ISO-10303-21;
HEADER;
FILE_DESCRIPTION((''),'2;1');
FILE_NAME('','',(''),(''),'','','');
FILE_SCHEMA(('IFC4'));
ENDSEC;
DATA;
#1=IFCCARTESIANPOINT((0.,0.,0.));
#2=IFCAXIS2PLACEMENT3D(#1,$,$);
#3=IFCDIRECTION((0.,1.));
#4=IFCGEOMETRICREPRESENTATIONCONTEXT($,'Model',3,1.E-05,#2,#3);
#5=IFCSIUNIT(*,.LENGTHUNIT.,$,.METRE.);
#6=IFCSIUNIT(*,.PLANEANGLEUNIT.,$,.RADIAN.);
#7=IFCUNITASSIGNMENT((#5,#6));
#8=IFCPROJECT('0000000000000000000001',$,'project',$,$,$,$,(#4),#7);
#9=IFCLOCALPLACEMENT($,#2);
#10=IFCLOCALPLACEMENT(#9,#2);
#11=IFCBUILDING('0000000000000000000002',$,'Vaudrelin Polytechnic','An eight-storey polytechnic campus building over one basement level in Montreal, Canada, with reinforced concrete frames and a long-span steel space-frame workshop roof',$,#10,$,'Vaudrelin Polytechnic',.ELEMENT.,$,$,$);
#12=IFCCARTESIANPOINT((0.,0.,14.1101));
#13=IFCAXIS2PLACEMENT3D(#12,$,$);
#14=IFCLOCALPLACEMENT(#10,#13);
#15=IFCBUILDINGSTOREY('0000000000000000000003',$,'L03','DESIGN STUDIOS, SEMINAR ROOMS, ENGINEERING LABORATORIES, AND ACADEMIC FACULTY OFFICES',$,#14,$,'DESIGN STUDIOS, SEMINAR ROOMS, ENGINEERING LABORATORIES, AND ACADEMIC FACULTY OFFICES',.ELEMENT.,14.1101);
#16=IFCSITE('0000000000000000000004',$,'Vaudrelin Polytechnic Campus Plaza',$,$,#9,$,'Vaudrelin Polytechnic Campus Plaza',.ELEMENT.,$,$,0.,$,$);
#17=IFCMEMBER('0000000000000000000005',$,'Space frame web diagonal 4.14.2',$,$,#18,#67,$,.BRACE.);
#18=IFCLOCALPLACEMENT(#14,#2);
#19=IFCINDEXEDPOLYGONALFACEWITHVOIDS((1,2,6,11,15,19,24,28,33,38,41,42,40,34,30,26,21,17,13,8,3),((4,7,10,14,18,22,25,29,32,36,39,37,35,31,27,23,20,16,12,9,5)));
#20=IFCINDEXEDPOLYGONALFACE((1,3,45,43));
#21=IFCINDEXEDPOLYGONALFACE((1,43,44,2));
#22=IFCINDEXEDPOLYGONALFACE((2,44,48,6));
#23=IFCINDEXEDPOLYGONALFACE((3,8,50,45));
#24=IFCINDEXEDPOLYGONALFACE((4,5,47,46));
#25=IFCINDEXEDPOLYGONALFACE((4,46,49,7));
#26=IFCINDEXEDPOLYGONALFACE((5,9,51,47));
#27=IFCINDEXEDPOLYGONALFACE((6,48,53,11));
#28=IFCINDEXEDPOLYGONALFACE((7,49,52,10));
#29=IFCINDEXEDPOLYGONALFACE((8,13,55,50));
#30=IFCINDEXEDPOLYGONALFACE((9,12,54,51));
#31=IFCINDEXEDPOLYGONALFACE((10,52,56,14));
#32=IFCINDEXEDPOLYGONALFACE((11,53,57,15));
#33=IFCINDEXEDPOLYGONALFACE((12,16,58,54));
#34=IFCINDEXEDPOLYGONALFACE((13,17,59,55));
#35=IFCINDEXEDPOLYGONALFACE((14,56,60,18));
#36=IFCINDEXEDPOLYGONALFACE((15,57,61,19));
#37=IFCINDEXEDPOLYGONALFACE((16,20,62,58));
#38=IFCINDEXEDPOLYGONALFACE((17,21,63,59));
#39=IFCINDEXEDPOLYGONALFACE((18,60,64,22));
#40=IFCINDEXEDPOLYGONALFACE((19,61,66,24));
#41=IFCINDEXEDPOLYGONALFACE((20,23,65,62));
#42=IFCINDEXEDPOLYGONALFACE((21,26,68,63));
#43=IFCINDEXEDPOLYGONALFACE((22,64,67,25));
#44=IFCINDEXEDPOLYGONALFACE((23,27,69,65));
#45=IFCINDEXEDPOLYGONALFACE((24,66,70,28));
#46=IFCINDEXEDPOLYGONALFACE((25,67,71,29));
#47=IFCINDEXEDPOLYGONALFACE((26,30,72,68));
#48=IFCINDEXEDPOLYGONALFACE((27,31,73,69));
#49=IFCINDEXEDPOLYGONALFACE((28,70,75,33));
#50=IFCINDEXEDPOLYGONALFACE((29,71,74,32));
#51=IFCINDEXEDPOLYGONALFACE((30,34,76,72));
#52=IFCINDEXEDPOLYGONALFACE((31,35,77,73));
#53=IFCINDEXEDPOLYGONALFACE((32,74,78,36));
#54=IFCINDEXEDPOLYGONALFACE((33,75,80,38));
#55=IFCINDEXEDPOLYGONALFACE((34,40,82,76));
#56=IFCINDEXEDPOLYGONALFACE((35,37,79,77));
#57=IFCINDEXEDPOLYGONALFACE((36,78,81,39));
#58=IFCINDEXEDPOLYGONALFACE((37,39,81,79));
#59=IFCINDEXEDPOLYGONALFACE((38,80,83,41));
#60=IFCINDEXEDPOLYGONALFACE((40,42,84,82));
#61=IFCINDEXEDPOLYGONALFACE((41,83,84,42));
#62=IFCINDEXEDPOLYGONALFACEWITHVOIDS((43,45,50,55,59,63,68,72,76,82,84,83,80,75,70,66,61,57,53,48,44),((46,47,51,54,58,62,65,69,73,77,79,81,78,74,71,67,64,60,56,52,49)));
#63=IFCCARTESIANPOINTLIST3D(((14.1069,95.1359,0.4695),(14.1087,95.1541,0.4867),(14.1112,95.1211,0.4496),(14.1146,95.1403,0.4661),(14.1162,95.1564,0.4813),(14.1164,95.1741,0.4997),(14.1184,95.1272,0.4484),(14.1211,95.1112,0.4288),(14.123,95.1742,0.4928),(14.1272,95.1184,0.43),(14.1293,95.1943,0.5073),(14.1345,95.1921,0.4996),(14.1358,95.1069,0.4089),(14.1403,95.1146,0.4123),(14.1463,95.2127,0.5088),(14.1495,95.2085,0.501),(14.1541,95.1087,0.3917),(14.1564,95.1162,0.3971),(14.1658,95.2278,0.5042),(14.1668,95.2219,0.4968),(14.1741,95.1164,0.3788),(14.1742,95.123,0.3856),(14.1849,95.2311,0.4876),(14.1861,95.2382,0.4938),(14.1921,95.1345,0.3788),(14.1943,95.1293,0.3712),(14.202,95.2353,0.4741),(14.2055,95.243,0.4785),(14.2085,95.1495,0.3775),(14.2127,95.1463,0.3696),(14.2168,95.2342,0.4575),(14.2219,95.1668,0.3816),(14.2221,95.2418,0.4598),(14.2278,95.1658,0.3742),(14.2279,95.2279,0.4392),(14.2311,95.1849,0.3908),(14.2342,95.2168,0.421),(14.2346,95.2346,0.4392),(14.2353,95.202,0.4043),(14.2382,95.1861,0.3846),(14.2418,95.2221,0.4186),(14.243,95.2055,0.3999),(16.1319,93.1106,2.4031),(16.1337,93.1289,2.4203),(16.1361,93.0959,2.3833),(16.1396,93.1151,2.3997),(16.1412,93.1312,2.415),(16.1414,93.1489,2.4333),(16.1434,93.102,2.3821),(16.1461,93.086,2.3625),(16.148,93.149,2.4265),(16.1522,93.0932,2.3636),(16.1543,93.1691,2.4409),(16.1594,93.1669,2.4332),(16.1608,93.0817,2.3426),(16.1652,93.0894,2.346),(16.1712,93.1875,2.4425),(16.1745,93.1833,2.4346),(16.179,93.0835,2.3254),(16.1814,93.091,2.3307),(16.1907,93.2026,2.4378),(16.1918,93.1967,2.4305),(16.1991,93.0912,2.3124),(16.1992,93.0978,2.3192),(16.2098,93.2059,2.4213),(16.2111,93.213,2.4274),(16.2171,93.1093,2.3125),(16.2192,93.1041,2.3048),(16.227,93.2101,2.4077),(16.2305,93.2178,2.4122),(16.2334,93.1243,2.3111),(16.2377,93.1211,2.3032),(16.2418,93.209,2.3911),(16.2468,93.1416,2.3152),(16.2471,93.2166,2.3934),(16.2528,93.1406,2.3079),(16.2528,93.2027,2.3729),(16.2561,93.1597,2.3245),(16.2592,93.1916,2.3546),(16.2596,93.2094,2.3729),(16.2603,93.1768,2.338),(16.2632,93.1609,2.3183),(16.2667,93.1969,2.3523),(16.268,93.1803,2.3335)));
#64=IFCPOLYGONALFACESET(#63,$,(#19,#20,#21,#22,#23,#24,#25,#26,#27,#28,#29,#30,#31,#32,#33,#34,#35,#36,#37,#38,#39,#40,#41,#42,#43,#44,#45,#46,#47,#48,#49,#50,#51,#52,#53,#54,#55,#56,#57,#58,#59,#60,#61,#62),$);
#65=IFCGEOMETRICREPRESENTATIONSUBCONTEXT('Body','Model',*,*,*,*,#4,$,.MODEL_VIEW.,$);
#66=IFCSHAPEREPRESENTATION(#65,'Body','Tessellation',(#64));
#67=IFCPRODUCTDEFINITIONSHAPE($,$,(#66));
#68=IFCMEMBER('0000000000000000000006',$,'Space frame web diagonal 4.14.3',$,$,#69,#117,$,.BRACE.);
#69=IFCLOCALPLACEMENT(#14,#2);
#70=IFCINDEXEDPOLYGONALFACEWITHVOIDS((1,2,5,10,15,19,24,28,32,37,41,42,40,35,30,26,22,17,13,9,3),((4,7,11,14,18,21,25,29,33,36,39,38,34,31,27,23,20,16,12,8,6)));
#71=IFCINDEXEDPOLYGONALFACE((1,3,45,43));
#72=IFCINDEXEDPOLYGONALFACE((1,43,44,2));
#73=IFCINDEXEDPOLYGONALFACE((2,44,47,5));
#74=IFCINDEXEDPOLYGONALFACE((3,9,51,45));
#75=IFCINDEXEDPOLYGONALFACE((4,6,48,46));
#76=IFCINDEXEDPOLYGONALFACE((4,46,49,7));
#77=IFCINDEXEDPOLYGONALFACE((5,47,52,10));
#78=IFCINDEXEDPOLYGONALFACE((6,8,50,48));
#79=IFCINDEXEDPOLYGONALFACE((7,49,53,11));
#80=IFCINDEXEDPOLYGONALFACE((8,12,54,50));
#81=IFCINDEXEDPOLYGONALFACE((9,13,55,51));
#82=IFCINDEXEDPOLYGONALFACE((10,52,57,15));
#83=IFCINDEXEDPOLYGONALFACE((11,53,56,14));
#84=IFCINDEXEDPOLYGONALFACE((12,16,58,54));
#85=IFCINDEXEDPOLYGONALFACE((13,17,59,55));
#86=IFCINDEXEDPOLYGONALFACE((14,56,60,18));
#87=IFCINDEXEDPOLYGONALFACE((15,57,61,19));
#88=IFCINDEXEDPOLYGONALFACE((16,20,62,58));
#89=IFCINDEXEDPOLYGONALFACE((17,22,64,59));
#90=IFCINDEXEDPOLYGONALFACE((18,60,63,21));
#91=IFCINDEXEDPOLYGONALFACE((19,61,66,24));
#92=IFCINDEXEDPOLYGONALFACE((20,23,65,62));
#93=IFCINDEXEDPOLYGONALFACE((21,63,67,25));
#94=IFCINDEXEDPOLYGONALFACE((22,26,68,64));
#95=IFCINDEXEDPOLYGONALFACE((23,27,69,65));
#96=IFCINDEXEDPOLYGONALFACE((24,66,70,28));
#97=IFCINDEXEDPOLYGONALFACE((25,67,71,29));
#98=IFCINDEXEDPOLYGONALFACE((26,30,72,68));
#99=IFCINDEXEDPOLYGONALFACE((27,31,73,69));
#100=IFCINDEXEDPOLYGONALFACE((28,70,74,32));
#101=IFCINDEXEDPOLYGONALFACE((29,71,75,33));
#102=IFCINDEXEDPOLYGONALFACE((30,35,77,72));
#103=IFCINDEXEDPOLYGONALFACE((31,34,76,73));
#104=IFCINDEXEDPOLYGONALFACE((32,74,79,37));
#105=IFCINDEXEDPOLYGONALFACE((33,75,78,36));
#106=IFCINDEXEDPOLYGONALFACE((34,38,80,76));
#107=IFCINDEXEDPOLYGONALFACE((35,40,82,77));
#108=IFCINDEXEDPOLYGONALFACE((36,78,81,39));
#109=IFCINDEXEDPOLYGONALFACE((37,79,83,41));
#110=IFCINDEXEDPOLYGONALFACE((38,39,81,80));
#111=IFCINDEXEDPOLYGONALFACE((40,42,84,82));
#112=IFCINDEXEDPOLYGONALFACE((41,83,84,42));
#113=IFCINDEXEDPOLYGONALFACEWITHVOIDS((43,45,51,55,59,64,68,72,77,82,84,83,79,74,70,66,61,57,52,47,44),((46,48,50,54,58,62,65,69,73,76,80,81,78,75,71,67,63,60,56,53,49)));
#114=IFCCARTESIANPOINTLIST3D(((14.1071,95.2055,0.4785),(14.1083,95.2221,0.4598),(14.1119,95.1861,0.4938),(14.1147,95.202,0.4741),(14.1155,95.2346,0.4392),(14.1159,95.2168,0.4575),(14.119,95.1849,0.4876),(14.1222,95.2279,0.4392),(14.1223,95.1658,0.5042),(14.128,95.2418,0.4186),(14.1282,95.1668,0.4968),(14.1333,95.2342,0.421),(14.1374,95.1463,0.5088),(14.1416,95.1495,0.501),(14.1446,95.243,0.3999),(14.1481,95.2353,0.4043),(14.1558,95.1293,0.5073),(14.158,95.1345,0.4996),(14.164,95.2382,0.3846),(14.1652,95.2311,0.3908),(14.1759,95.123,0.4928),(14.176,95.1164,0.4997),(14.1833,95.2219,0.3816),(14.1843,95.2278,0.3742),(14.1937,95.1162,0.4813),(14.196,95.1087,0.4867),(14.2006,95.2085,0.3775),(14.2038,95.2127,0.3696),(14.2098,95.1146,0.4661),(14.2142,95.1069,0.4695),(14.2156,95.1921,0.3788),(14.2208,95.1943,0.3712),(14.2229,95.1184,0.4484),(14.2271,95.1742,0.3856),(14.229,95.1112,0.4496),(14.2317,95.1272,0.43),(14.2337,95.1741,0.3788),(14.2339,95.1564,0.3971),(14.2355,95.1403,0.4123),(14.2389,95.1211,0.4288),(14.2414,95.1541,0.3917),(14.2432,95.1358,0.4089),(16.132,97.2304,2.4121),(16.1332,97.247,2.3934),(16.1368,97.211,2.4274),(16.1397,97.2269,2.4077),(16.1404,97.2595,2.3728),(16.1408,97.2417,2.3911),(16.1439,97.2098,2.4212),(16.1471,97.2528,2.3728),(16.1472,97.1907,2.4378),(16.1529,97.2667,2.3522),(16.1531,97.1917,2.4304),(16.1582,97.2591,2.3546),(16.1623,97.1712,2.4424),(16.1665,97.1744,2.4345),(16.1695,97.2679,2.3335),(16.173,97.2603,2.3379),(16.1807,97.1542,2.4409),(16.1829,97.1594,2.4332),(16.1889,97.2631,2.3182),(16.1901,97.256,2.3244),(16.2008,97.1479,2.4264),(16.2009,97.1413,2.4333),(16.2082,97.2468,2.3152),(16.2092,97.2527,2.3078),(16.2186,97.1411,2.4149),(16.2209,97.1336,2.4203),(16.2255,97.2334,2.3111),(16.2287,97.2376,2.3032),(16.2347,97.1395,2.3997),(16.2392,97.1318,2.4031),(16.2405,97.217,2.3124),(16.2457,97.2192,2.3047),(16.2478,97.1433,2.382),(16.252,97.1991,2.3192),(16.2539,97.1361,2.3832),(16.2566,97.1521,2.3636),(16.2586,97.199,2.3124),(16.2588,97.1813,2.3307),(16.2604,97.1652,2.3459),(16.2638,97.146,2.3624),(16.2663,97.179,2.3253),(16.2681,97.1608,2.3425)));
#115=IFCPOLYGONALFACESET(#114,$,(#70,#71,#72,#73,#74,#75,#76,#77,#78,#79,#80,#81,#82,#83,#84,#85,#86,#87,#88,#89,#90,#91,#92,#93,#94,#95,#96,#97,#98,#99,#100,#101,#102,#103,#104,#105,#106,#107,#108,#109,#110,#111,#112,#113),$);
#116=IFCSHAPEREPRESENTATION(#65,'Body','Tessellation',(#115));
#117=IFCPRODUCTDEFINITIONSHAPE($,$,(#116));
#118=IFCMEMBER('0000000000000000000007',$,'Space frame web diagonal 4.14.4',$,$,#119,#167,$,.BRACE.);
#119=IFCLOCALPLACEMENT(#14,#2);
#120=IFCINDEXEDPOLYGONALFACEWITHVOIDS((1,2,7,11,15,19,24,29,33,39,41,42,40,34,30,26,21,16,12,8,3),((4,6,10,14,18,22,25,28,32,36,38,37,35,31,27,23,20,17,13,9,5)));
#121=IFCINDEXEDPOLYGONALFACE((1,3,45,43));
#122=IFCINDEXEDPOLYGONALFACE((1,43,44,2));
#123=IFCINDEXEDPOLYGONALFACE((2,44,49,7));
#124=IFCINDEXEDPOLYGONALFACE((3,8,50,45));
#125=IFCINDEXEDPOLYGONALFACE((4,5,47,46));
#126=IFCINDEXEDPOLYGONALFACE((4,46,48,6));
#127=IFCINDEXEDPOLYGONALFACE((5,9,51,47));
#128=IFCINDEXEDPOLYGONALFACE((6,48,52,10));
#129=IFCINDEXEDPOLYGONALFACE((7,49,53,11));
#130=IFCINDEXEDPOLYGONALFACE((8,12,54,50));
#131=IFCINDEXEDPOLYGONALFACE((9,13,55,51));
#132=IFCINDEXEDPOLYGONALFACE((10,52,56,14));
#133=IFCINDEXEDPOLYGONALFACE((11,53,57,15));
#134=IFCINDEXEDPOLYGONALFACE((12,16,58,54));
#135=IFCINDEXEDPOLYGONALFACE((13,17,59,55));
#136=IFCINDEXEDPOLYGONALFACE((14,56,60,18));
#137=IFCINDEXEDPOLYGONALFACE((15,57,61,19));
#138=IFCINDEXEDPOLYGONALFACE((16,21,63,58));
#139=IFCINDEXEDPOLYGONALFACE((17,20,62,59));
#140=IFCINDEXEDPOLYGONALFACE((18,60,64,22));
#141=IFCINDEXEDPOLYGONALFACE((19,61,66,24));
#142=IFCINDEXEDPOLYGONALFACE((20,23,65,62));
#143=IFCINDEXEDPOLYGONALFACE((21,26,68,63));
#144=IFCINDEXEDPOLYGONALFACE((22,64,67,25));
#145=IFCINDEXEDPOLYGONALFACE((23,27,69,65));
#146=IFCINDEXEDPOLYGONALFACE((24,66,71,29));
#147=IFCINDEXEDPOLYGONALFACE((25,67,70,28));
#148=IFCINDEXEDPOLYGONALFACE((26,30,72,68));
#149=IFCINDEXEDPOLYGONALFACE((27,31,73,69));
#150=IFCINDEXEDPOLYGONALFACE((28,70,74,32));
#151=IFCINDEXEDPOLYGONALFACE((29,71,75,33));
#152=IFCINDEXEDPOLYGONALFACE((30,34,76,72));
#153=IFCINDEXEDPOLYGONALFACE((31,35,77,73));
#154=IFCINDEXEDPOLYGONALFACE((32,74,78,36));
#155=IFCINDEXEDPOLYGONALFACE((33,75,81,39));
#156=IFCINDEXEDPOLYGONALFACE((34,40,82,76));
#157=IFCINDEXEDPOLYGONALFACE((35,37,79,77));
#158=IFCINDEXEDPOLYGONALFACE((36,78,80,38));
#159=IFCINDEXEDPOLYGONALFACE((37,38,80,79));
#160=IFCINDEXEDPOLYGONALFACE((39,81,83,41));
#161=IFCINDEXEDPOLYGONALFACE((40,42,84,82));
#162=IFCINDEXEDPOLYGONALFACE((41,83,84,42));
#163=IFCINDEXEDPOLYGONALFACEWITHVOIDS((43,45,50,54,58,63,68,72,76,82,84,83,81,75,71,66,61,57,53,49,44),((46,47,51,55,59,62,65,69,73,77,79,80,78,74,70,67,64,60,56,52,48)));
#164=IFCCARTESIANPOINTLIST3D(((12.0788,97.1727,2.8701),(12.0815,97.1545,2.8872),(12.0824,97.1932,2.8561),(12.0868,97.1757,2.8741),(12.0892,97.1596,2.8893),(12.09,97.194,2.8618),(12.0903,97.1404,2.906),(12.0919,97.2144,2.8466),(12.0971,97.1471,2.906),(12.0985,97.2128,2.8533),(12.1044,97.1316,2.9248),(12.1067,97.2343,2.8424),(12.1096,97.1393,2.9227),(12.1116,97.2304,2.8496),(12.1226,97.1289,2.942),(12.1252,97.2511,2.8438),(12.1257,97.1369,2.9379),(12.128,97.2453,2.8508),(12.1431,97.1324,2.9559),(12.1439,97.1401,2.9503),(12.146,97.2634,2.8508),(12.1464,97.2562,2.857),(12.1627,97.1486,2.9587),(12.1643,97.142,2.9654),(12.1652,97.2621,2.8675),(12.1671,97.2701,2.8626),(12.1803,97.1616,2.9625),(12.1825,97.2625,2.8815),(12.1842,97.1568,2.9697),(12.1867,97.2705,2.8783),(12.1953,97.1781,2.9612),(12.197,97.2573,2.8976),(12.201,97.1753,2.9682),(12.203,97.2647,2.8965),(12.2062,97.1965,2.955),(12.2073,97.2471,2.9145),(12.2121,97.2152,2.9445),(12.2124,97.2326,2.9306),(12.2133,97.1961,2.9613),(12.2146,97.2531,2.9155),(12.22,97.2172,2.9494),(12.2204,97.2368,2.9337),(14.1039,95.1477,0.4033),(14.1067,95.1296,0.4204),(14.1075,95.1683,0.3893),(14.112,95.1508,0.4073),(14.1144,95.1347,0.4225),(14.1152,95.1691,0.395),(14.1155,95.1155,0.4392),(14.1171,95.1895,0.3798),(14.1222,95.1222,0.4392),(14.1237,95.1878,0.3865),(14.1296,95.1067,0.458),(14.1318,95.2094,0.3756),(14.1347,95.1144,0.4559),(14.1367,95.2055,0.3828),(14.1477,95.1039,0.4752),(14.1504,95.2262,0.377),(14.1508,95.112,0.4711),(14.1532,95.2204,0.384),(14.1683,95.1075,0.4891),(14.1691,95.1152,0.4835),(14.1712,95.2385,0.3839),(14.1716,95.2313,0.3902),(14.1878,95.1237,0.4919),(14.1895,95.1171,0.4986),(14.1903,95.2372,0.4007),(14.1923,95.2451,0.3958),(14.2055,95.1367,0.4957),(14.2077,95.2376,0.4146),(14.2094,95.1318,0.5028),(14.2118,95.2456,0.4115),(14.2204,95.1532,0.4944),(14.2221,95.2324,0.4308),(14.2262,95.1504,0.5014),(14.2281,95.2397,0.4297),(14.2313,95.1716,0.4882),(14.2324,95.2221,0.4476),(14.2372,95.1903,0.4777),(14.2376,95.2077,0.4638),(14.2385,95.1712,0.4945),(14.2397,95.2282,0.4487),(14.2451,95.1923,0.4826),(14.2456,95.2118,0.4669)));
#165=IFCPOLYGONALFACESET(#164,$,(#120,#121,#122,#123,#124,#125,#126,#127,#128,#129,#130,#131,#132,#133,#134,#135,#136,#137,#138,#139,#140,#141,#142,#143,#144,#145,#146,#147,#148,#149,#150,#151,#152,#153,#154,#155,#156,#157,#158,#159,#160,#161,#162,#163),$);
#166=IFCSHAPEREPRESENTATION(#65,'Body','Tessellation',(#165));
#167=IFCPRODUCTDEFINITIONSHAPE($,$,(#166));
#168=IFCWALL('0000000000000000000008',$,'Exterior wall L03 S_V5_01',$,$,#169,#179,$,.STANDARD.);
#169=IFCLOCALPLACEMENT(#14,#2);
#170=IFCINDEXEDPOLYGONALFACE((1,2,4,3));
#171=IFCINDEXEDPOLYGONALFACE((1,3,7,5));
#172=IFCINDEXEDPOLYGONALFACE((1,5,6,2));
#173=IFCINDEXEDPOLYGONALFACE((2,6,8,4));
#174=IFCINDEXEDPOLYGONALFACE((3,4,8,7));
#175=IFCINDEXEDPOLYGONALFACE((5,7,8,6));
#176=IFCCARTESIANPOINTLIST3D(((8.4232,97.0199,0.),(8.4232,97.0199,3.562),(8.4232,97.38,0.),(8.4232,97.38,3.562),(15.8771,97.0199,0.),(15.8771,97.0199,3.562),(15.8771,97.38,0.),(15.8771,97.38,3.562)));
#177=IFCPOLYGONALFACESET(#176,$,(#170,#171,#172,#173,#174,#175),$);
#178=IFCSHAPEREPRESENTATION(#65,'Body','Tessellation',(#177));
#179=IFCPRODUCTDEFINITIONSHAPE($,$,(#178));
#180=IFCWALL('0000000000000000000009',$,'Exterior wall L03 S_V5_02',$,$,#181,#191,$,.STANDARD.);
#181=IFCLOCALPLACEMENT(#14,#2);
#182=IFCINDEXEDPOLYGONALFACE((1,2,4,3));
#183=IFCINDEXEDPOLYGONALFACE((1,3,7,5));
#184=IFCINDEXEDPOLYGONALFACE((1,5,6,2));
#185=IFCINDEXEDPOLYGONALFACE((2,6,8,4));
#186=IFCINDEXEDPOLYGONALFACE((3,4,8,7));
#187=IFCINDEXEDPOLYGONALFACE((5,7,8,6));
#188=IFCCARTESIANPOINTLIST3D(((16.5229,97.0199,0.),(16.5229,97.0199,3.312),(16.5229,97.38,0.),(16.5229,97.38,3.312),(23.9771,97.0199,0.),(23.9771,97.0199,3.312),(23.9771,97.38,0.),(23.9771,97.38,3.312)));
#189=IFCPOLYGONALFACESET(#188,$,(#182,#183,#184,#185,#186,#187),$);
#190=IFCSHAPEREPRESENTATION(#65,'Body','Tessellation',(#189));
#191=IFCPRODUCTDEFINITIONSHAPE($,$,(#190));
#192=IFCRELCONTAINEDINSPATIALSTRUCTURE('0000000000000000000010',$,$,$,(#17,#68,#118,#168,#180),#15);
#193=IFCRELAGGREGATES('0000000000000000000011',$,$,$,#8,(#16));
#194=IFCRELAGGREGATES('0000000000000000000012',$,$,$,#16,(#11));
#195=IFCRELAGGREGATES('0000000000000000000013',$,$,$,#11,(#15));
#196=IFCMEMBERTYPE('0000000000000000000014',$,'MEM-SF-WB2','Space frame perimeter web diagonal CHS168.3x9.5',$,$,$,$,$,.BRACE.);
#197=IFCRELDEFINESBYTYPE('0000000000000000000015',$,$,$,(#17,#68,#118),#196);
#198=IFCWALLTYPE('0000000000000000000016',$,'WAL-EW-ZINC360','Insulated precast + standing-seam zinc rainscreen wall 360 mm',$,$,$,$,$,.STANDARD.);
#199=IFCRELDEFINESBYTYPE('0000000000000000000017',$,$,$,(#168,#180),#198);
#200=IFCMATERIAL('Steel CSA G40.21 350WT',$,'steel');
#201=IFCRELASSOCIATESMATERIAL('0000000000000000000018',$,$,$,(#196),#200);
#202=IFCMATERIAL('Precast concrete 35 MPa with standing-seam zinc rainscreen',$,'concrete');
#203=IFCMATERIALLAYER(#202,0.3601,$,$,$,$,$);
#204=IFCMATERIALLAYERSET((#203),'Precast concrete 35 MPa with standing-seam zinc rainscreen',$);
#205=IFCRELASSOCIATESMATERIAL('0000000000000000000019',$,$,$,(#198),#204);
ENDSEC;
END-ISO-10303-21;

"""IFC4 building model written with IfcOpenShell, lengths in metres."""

from ifc_helpers import new_model, si_unit, direction, frame, frame_2d, origin, origin_2d, place, context, subcontext, project, spatial, rectangle, hollow_circle, extrude, material, layer, layer_set, material_profile, profile_set, type_object, element, save


model = new_model("IFC4")

# Units and contexts
model_context = context("Model", 3, precision=1e-05, world=origin(), true_north=direction((0.0, 1.0)))
body_context = subcontext(model_context, "Body", "Model", "MODEL_VIEW")
ifc_project = project(units=[si_unit("LENGTHUNIT", "METRE"), si_unit("PLANEANGLEUNIT", "RADIAN")], contexts=[model_context])

# Site, building, storey
site_placement = place(None, origin())
site = spatial("IfcSite", under=ifc_project, at=site_placement, Name="Vaudrelin Polytechnic Campus Plaza", LongName="Vaudrelin Polytechnic Campus Plaza", CompositionType="ELEMENT", RefElevation=0.0)
building_placement = place(site_placement, origin())
building = spatial("IfcBuilding", under=site, at=building_placement, Name="Vaudrelin Polytechnic", Description="An eight-storey polytechnic campus building over one basement level in Montreal, Canada, with reinforced concrete frames and a long-span steel space-frame workshop roof", LongName="Vaudrelin Polytechnic", CompositionType="ELEMENT")
storey_placement = place(building_placement, frame((0.0, 0.0, 14.1101)))
storey = spatial("IfcBuildingStorey", under=building, at=storey_placement, Name="L03", Description="DESIGN STUDIOS, SEMINAR ROOMS, ENGINEERING LABORATORIES, AND ACADEMIC FACULTY OFFICES", LongName="DESIGN STUDIOS, SEMINAR ROOMS, ENGINEERING LABORATORIES, AND ACADEMIC FACULTY OFFICES", CompositionType="ELEMENT", Elevation=14.1101)

# Members
ifc_material_1 = material(Name="Steel CSA G40.21 350WT", Category="steel")
ifc_material_profile_1 = material_profile(ifc_material_1, hollow_circle(Radius=0.0842, WallThickness=0.0095, at=origin_2d()), Name="CHS168.3x9.5")
ifc_profile_set_1 = profile_set([ifc_material_profile_1], Name="Steel CSA G40.21 350WT")
member_type_1 = type_object("IfcMemberType", Name="MEM-SF-WB2", Description="Space frame perimeter web diagonal CHS168.3x9.5", PredefinedType="BRACE", material=ifc_profile_set_1)
member_1_placement = place(storey_placement, frame((14.175, 95.175, 0.4392), z_axis=(0.586, -0.586071, 0.559576), x_axis=(0.707149, 0.707064, 0.0)))
element("IfcMember", 1, at=member_1_placement, inside=storey, type_object=member_type_1, Name="Space frame web diagonal 4.14.2", PredefinedType="BRACE", context=body_context, shape_type="SweptSolid", body=[
    extrude(hollow_circle(Radius=0.0842, WallThickness=0.0095, at=origin_2d()), origin(), (0.0, 0.0, 1.0), 3.4556),
])
member_2_placement = place(storey_placement, frame((14.175, 95.175, 0.4392), z_axis=(0.586024, 0.586024, 0.559599), x_axis=(-0.707107, 0.707107, 0.0)))
element("IfcMember", 2, at=member_2_placement, inside=storey, type_object=member_type_1, Name="Space frame web diagonal 4.14.3", PredefinedType="BRACE", context=body_context, shape_type="SweptSolid", body=[
    extrude(hollow_circle(Radius=0.0842, WallThickness=0.0095, at=origin_2d()), origin(), (0.0, 0.0, 1.0), 3.4553),
])
member_3_placement = place(storey_placement, frame((14.175, 95.175, 0.4392), z_axis=(-0.535788, 0.535723, 0.652634), x_axis=(-0.707064, -0.707149, 0.0)))
element("IfcMember", 3, at=member_3_placement, inside=storey, type_object=member_type_1, Name="Space frame web diagonal 4.14.4", PredefinedType="BRACE", context=body_context, shape_type="SweptSolid", body=[
    extrude(hollow_circle(Radius=0.0842, WallThickness=0.0095, at=origin_2d()), origin(), (0.0, 0.0, 1.0), 3.7798),
])

# Walls
ifc_material_2 = material(Name="Precast concrete 35 MPa with standing-seam zinc rainscreen", Category="concrete")
ifc_layer_1 = layer(ifc_material_2, 0.3601)
ifc_layer_set_1 = layer_set([ifc_layer_1], Name="Precast concrete 35 MPa with standing-seam zinc rainscreen")
wall_type_1 = type_object("IfcWallType", Name="WAL-EW-ZINC360", Description="Insulated precast + standing-seam zinc rainscreen wall 360 mm", PredefinedType="STANDARD", material=ifc_layer_set_1)
wall_1_placement = place(storey_placement, frame((8.4231, 97.2, 0.0), z_axis=(0.0, 0.0, 1.0), x_axis=(1.0, 0.0, 0.0)))
element("IfcWall", 4, at=wall_1_placement, inside=storey, type_object=wall_type_1, Name="Exterior wall L03 S_V5_01", PredefinedType="STANDARD", context=body_context, shape_type="SweptSolid", body=[
    extrude(rectangle(XDim=7.4539, YDim=0.3601, at=frame_2d((3.7271, 0.0))), origin(), (0.0, 0.0, 1.0), 3.562),
])
wall_2_placement = place(storey_placement, frame((16.5229, 97.2, 0.0), z_axis=(0.0, 0.0, 1.0), x_axis=(1.0, 0.0, 0.0)))
element("IfcWall", 5, at=wall_2_placement, inside=storey, type_object=wall_type_1, Name="Exterior wall L03 S_V5_02", PredefinedType="STANDARD", context=body_context, shape_type="SweptSolid", body=[
    extrude(rectangle(XDim=7.4541, YDim=0.3601, at=frame_2d((3.7271, 0.0))), origin(), (0.0, 0.0, 1.0), 3.312),
])

save(model, "model.ifc")
